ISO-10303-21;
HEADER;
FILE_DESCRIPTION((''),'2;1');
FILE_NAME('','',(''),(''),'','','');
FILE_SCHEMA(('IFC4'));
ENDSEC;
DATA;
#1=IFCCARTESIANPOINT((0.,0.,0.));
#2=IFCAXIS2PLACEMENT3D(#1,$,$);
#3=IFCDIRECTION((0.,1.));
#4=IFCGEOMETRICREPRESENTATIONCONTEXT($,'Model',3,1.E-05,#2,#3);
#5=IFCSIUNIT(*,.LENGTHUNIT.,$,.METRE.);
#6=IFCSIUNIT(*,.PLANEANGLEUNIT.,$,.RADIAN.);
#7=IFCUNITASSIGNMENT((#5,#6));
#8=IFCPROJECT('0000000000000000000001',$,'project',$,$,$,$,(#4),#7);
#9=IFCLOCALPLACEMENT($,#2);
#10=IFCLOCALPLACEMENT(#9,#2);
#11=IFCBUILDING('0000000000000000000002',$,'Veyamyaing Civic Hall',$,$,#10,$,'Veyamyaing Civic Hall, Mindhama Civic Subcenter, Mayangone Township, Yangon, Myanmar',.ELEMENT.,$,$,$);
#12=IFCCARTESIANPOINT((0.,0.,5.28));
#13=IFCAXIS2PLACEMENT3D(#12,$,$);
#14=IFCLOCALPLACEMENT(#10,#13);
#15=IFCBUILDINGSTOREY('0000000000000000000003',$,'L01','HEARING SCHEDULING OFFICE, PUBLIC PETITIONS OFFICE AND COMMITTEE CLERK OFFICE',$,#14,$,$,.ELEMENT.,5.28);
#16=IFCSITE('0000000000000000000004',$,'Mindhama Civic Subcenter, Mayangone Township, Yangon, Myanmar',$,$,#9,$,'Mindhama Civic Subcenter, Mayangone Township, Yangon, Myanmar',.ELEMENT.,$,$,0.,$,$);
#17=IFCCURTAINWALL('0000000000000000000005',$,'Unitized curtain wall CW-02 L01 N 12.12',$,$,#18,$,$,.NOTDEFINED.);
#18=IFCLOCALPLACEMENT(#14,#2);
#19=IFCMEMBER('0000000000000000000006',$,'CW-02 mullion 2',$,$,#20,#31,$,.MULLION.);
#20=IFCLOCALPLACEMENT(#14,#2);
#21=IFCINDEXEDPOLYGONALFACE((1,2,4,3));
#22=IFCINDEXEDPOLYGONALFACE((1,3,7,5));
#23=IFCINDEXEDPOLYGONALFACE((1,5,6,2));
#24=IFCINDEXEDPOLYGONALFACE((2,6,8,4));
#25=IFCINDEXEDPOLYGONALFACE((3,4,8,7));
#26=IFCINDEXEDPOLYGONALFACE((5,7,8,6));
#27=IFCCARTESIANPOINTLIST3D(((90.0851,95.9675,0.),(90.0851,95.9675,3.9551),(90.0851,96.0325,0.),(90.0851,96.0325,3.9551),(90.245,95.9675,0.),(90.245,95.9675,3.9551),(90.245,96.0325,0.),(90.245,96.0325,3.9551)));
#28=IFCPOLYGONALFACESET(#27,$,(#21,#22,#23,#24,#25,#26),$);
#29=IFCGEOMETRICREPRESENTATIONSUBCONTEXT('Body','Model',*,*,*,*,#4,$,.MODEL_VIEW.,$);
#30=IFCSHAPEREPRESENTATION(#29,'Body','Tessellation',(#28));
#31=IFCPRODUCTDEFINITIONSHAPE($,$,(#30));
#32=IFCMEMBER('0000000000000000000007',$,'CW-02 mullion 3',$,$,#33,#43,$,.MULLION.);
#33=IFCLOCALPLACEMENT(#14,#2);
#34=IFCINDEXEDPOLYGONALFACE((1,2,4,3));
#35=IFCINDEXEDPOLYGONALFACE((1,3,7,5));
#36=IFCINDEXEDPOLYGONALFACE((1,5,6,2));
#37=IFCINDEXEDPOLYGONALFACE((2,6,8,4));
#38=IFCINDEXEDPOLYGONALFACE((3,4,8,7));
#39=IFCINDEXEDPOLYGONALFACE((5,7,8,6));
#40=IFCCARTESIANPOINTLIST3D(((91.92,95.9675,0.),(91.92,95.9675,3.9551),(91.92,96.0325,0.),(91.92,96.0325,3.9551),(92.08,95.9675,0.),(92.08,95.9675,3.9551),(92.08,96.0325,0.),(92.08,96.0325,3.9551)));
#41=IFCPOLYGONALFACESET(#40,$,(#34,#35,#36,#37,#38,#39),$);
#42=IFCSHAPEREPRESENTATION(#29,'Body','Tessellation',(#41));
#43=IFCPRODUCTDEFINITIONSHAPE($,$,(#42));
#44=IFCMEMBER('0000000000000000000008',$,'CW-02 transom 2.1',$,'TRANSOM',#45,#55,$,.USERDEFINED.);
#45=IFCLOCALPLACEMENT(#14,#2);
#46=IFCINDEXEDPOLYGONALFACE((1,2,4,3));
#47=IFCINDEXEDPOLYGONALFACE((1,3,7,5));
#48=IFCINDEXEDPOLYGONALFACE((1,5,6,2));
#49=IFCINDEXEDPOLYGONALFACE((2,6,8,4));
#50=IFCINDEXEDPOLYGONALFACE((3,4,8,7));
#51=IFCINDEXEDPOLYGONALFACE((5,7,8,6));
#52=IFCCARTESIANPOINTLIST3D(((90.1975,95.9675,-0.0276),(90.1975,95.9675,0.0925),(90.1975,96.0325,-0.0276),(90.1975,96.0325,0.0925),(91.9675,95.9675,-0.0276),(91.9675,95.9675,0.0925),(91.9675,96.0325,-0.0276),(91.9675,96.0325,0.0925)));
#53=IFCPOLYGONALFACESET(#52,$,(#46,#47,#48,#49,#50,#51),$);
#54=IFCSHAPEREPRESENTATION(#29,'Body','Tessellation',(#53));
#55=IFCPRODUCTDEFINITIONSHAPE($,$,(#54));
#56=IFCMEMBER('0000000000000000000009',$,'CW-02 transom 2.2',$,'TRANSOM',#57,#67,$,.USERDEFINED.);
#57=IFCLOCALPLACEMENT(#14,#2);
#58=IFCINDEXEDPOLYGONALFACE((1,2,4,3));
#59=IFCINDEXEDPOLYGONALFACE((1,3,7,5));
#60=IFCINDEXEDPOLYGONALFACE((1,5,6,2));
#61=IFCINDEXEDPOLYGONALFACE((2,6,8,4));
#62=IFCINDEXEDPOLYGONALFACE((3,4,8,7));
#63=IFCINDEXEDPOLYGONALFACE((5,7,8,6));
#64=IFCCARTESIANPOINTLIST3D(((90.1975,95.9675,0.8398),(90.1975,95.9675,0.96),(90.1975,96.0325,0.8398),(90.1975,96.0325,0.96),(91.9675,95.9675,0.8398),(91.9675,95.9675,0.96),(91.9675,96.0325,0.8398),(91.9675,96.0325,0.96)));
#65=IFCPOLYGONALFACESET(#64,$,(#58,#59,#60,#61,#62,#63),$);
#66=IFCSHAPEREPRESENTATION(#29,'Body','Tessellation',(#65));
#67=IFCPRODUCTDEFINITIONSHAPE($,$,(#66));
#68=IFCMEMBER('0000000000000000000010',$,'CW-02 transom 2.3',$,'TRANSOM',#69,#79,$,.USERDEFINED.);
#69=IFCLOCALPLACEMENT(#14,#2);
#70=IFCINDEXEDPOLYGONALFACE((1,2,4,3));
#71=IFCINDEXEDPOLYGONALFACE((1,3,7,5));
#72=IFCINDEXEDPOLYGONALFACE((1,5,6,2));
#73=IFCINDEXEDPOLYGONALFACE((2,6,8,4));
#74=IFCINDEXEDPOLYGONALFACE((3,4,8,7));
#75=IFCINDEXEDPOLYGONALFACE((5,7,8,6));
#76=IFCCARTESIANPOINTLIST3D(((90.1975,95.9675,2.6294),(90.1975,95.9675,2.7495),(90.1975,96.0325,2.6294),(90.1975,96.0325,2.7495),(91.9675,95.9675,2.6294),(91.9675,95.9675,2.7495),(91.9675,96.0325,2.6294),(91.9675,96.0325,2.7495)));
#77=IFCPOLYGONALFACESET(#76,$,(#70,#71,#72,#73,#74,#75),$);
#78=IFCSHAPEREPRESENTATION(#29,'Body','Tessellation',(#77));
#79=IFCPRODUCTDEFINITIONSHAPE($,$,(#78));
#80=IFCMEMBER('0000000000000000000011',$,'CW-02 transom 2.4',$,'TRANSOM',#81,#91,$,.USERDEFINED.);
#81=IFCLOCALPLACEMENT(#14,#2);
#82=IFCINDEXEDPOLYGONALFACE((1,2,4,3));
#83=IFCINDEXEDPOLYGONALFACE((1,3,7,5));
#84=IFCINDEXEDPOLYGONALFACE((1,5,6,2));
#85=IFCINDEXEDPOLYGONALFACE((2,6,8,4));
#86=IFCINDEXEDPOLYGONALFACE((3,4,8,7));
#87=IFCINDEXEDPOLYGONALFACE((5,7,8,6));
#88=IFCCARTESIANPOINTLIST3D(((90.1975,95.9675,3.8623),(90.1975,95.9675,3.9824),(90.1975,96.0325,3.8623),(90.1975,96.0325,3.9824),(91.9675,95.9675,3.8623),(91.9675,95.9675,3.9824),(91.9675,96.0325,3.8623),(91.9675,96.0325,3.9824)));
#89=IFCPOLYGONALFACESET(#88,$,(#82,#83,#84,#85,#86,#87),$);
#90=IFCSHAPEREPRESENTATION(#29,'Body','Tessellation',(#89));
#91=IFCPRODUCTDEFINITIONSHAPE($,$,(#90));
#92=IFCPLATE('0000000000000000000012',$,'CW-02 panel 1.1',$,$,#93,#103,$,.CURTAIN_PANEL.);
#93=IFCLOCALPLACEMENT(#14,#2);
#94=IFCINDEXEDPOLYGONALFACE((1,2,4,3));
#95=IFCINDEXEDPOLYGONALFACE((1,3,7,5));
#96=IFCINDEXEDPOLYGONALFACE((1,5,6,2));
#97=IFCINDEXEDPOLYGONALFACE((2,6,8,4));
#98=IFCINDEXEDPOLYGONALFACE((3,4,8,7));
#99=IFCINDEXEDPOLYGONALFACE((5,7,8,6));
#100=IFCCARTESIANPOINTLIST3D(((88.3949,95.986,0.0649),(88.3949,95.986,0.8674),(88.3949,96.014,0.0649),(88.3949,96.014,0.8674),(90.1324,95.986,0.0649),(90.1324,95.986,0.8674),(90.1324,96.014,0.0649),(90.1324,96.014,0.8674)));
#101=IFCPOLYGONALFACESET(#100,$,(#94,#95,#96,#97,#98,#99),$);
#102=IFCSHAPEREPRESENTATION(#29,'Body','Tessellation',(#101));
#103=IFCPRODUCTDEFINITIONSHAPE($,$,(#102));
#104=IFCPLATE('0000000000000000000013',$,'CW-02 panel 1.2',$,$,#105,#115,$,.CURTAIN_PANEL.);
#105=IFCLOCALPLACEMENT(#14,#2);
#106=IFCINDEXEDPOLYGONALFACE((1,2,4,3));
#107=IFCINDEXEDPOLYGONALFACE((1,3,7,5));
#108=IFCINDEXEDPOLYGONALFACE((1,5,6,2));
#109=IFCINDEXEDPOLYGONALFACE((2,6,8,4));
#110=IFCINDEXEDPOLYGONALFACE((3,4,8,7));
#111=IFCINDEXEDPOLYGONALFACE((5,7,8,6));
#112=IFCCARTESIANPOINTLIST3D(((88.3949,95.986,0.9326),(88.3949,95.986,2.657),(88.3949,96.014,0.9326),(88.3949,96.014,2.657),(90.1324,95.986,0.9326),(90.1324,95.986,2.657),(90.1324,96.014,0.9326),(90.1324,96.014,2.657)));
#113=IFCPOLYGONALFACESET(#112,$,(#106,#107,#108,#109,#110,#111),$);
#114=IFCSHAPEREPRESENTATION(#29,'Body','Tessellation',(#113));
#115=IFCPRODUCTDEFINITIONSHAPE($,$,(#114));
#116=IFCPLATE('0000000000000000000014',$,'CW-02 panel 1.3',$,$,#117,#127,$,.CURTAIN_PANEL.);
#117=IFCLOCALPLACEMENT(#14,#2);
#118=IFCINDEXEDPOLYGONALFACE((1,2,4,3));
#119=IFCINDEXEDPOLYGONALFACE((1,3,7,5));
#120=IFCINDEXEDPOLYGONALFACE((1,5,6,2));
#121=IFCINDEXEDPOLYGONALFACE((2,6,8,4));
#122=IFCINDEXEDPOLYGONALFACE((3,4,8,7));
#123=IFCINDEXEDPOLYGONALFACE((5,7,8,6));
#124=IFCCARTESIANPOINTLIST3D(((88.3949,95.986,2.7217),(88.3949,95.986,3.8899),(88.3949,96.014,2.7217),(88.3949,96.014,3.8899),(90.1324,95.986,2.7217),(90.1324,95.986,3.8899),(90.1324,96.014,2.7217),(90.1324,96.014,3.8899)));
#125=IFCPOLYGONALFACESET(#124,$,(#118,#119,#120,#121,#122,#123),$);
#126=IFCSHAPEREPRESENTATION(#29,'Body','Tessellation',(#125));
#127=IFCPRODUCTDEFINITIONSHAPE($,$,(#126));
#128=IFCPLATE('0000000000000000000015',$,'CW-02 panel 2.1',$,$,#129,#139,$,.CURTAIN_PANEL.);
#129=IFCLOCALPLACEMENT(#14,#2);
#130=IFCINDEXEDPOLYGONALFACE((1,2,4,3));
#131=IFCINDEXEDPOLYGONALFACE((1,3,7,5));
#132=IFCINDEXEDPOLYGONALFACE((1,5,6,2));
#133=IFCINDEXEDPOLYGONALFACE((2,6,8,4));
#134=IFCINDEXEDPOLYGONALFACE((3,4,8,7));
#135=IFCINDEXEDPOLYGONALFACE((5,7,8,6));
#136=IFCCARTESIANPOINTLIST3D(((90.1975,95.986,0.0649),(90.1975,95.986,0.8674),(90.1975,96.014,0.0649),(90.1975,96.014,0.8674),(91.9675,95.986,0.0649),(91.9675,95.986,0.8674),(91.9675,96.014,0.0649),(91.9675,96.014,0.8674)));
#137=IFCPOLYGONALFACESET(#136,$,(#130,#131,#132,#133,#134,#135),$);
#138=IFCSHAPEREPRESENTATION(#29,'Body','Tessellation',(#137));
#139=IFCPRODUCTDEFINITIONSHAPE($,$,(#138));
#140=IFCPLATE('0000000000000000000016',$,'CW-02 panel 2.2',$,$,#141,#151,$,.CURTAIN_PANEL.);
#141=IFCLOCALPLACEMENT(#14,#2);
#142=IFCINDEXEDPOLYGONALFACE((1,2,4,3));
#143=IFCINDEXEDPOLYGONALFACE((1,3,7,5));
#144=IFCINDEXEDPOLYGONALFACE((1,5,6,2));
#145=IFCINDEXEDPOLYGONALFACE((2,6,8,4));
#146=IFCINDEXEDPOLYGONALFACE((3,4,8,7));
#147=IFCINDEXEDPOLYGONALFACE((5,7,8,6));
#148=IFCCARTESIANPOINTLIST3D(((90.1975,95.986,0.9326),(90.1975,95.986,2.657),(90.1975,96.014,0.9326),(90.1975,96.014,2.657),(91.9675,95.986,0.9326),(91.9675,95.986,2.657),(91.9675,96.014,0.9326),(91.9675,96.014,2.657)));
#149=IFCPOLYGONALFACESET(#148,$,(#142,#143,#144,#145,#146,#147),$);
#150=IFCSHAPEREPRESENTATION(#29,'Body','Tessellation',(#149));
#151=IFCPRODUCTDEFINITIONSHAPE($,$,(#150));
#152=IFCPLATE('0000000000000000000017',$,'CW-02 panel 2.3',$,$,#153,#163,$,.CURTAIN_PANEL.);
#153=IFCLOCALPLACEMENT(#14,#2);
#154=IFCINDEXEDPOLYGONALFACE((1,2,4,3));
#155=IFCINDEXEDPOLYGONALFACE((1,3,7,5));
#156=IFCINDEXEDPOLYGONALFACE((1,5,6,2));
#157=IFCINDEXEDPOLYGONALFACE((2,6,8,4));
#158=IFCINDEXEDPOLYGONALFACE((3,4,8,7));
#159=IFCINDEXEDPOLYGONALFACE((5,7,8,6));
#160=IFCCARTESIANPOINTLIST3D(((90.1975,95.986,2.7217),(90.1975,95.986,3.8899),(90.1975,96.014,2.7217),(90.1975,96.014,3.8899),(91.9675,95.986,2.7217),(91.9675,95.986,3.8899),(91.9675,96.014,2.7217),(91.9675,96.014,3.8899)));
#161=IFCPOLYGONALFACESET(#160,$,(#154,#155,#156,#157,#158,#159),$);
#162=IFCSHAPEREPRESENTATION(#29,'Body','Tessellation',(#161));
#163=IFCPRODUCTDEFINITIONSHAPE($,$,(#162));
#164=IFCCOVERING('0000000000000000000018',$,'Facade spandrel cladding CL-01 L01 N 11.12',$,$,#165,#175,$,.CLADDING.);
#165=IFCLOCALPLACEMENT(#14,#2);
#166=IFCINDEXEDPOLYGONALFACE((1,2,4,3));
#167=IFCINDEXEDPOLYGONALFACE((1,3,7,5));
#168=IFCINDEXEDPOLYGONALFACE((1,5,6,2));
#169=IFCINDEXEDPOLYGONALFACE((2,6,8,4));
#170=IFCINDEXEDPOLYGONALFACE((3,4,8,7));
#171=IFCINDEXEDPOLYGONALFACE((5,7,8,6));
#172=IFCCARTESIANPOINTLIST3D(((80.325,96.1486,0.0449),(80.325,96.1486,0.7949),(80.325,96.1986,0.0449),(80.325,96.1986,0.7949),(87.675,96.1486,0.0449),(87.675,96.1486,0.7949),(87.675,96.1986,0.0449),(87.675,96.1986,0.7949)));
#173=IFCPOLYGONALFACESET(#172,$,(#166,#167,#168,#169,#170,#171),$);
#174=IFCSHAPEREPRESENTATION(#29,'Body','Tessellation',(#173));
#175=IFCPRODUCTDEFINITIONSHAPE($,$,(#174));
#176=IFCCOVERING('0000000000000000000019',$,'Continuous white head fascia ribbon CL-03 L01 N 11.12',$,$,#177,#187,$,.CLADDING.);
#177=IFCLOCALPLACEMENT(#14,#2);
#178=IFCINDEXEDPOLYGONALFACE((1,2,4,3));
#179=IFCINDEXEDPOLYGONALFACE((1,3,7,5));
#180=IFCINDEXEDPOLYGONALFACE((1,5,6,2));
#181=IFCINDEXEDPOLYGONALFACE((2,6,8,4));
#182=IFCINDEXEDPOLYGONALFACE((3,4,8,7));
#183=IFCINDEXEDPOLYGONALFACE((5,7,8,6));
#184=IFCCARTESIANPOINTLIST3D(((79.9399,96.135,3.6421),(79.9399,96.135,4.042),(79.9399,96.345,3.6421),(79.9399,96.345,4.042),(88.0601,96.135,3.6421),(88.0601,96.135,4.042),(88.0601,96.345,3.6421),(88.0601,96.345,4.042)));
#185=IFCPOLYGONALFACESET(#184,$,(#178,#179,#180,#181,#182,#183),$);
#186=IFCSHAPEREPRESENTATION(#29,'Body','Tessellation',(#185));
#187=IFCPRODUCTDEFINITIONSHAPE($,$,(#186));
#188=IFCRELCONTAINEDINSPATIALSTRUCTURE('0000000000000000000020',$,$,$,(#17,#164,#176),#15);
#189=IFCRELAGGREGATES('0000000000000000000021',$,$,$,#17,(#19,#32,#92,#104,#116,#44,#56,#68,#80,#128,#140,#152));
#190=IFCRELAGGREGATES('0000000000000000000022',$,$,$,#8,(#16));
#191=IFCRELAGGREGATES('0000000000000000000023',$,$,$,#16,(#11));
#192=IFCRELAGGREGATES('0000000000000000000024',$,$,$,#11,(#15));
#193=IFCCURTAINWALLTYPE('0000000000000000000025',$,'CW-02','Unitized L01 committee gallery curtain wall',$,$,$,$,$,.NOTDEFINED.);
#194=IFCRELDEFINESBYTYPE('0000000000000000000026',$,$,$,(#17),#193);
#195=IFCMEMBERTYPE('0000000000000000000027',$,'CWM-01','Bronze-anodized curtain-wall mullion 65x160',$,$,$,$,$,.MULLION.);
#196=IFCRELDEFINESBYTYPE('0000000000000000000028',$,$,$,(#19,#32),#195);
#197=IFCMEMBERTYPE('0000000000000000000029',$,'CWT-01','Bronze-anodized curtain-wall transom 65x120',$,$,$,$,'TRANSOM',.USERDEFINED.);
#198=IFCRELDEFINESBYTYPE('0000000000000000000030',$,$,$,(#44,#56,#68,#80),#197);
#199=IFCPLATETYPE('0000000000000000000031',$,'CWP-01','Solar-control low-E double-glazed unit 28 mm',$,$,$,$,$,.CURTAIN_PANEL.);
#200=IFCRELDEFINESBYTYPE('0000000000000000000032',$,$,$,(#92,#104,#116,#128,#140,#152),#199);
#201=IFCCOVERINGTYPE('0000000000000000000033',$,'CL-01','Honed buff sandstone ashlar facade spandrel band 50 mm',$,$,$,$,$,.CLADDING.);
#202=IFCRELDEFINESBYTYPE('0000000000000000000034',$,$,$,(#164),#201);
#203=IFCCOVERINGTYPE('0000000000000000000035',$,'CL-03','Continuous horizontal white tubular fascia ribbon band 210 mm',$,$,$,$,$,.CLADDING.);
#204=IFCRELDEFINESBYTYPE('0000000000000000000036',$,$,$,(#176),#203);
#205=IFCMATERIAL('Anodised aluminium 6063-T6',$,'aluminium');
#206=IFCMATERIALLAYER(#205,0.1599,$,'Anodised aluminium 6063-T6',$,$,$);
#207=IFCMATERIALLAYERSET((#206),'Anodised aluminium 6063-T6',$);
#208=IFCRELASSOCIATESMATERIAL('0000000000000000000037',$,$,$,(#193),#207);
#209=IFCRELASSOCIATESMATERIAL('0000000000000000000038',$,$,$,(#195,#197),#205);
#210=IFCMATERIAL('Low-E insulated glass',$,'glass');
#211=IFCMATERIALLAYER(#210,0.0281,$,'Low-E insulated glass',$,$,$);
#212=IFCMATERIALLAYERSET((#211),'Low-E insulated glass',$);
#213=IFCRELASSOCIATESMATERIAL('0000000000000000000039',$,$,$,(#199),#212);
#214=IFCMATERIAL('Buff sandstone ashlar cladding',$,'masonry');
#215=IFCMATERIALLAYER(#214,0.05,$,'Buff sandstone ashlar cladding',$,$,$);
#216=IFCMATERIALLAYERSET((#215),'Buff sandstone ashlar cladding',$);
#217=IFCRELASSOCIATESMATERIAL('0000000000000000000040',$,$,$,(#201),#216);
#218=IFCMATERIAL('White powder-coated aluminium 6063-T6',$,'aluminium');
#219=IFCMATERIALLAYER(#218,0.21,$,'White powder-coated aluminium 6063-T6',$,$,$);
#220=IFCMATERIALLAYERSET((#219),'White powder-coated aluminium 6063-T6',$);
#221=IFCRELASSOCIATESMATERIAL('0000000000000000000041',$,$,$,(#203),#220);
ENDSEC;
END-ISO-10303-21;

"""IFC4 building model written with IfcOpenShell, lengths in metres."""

from ifc_helpers import new_model, si_unit, direction, frame, origin, origin_2d, place, context, subcontext, project, spatial, rectangle, extrude, material, layer, layer_set, material_profile, profile_set, type_object, element, aggregate, save


model = new_model("IFC4")

# Units and contexts
model_context = context("Model", 3, precision=1e-05, world=origin(), true_north=direction((0.0, 1.0)))
body_context = subcontext(model_context, "Body", "Model", "MODEL_VIEW")
ifc_project = project(units=[si_unit("LENGTHUNIT", "METRE"), si_unit("PLANEANGLEUNIT", "RADIAN")], contexts=[model_context])

# Site, building, storey
site_placement = place(None, origin())
site = spatial("IfcSite", under=ifc_project, at=site_placement, Name="Mindhama Civic Subcenter, Mayangone Township, Yangon, Myanmar", LongName="Mindhama Civic Subcenter, Mayangone Township, Yangon, Myanmar", CompositionType="ELEMENT", RefElevation=0.0)
building_placement = place(site_placement, origin())
building = spatial("IfcBuilding", under=site, at=building_placement, Name="Veyamyaing Civic Hall", LongName="Veyamyaing Civic Hall, Mindhama Civic Subcenter, Mayangone Township, Yangon, Myanmar", CompositionType="ELEMENT")
storey_placement = place(building_placement, frame((0.0, 0.0, 5.28)))
storey = spatial("IfcBuildingStorey", under=building, at=storey_placement, Name="L01", Description="HEARING SCHEDULING OFFICE, PUBLIC PETITIONS OFFICE AND COMMITTEE CLERK OFFICE", CompositionType="ELEMENT", Elevation=5.28)

# Curtain wall, members, plates
ifc_material_1 = material(Name="Anodised aluminium 6063-T6", Category="aluminium")
ifc_layer_1 = layer(ifc_material_1, 0.1599, Name="Anodised aluminium 6063-T6")
ifc_layer_set_1 = layer_set([ifc_layer_1], Name="Anodised aluminium 6063-T6")
curtain_wall_type = type_object("IfcCurtainWallType", Name="CW-02", Description="Unitized L01 committee gallery curtain wall", PredefinedType="NOTDEFINED", material=ifc_layer_set_1)
curtain_wall_placement = place(storey_placement, origin())
curtain_wall = element("IfcCurtainWall", 1, at=curtain_wall_placement, inside=storey, type_object=curtain_wall_type, Name="Unitized curtain wall CW-02 L01 N 12.12", PredefinedType="NOTDEFINED")
ifc_material_profile_1 = material_profile(ifc_material_1, rectangle(XDim=0.0649, YDim=0.1599, at=origin_2d()), Name="ALU-MUL-65X160")
ifc_profile_set_1 = profile_set([ifc_material_profile_1], Name="Anodised aluminium 6063-T6")
member_type_1 = type_object("IfcMemberType", Name="CWM-01", Description="Bronze-anodized curtain-wall mullion 65x160", PredefinedType="MULLION", material=ifc_profile_set_1)
member_1_placement = place(storey_placement, frame((90.165, 96.0, 0.0), z_axis=(0.0, 0.0, 1.0), x_axis=(0.0, 1.0, 0.0)))
member_1 = element("IfcMember", 2, at=member_1_placement, type_object=member_type_1, Name="CW-02 mullion 2", PredefinedType="MULLION", context=body_context, shape_type="SweptSolid", body=[
    extrude(rectangle(XDim=0.0649, YDim=0.1599, at=origin_2d()), origin(), (0.0, 0.0, 1.0), 3.9551),
])
member_2_placement = place(storey_placement, frame((92.0, 96.0, 0.0), z_axis=(0.0, 0.0, 1.0), x_axis=(0.0, 1.0, 0.0)))
member_2 = element("IfcMember", 3, at=member_2_placement, type_object=member_type_1, Name="CW-02 mullion 3", PredefinedType="MULLION", context=body_context, shape_type="SweptSolid", body=[
    extrude(rectangle(XDim=0.0649, YDim=0.1599, at=origin_2d()), origin(), (0.0, 0.0, 1.0), 3.9551),
])
ifc_material_profile_2 = material_profile(ifc_material_1, rectangle(XDim=0.0649, YDim=0.1201, at=origin_2d()), Name="ALU-TRN-65X120")
ifc_profile_set_2 = profile_set([ifc_material_profile_2], Name="Anodised aluminium 6063-T6")
member_type_2 = type_object("IfcMemberType", Name="CWT-01", Description="Bronze-anodized curtain-wall transom 65x120", ElementType="TRANSOM", PredefinedType="USERDEFINED", material=ifc_profile_set_2)
member_3_placement = place(storey_placement, frame((90.1975, 96.0, 0.0325), z_axis=(1.0, 0.0, 0.0), x_axis=(0.0, 1.0, 0.0)))
member_3 = element("IfcMember", 4, at=member_3_placement, type_object=member_type_2, Name="CW-02 transom 2.1", ObjectType="TRANSOM", PredefinedType="USERDEFINED", context=body_context, shape_type="SweptSolid", body=[
    extrude(rectangle(XDim=0.0649, YDim=0.1201, at=origin_2d()), origin(), (0.0, 0.0, 1.0), 1.77),
])
member_4_placement = place(storey_placement, frame((90.1975, 96.0, 0.8999), z_axis=(1.0, 0.0, 0.0), x_axis=(0.0, 1.0, 0.0)))
member_4 = element("IfcMember", 5, at=member_4_placement, type_object=member_type_2, Name="CW-02 transom 2.2", ObjectType="TRANSOM", PredefinedType="USERDEFINED", context=body_context, shape_type="SweptSolid", body=[
    extrude(rectangle(XDim=0.0649, YDim=0.1201, at=origin_2d()), origin(), (0.0, 0.0, 1.0), 1.77),
])
member_5_placement = place(storey_placement, frame((90.1975, 96.0, 2.6895), z_axis=(1.0, 0.0, 0.0), x_axis=(0.0, 1.0, 0.0)))
member_5 = element("IfcMember", 6, at=member_5_placement, type_object=member_type_2, Name="CW-02 transom 2.3", ObjectType="TRANSOM", PredefinedType="USERDEFINED", context=body_context, shape_type="SweptSolid", body=[
    extrude(rectangle(XDim=0.0649, YDim=0.1201, at=origin_2d()), origin(), (0.0, 0.0, 1.0), 1.77),
])
member_6_placement = place(storey_placement, frame((90.1975, 96.0, 3.9224), z_axis=(1.0, 0.0, 0.0), x_axis=(0.0, 1.0, 0.0)))
member_6 = element("IfcMember", 7, at=member_6_placement, type_object=member_type_2, Name="CW-02 transom 2.4", ObjectType="TRANSOM", PredefinedType="USERDEFINED", context=body_context, shape_type="SweptSolid", body=[
    extrude(rectangle(XDim=0.0649, YDim=0.1201, at=origin_2d()), origin(), (0.0, 0.0, 1.0), 1.77),
])
ifc_material_2 = material(Name="Low-E insulated glass", Category="glass")
ifc_layer_2 = layer(ifc_material_2, 0.0281, Name="Low-E insulated glass")
ifc_layer_set_2 = layer_set([ifc_layer_2], Name="Low-E insulated glass")
plate_type = type_object("IfcPlateType", Name="CWP-01", Description="Solar-control low-E double-glazed unit 28 mm", PredefinedType="CURTAIN_PANEL", material=ifc_layer_set_2)
plate_1_placement = place(storey_placement, frame((89.2637, 96.0, 0.0649), z_axis=(0.0, 0.0, 1.0), x_axis=(1.0, 0.0, 0.0)))
plate_1 = element("IfcPlate", 8, at=plate_1_placement, type_object=plate_type, Name="CW-02 panel 1.1", PredefinedType="CURTAIN_PANEL", context=body_context, shape_type="SweptSolid", body=[
    extrude(rectangle(XDim=1.7375, YDim=0.0281, at=origin_2d()), origin(), (0.0, 0.0, 1.0), 0.8025),
])
plate_2_placement = place(storey_placement, frame((89.2637, 96.0, 0.9326), z_axis=(0.0, 0.0, 1.0), x_axis=(1.0, 0.0, 0.0)))
plate_2 = element("IfcPlate", 9, at=plate_2_placement, type_object=plate_type, Name="CW-02 panel 1.2", PredefinedType="CURTAIN_PANEL", context=body_context, shape_type="SweptSolid", body=[
    extrude(rectangle(XDim=1.7375, YDim=0.0281, at=origin_2d()), origin(), (0.0, 0.0, 1.0), 1.7244),
])
plate_3_placement = place(storey_placement, frame((89.2637, 96.0, 2.7217), z_axis=(0.0, 0.0, 1.0), x_axis=(1.0, 0.0, 0.0)))
plate_3 = element("IfcPlate", 10, at=plate_3_placement, type_object=plate_type, Name="CW-02 panel 1.3", PredefinedType="CURTAIN_PANEL", context=body_context, shape_type="SweptSolid", body=[
    extrude(rectangle(XDim=1.7375, YDim=0.0281, at=origin_2d()), origin(), (0.0, 0.0, 1.0), 1.1682),
])
plate_4_placement = place(storey_placement, frame((91.0825, 96.0, 0.0649), z_axis=(0.0, 0.0, 1.0), x_axis=(1.0, 0.0, 0.0)))
plate_4 = element("IfcPlate", 11, at=plate_4_placement, type_object=plate_type, Name="CW-02 panel 2.1", PredefinedType="CURTAIN_PANEL", context=body_context, shape_type="SweptSolid", body=[
    extrude(rectangle(XDim=1.77, YDim=0.0281, at=origin_2d()), origin(), (0.0, 0.0, 1.0), 0.8025),
])
plate_5_placement = place(storey_placement, frame((91.0825, 96.0, 0.9326), z_axis=(0.0, 0.0, 1.0), x_axis=(1.0, 0.0, 0.0)))
plate_5 = element("IfcPlate", 12, at=plate_5_placement, type_object=plate_type, Name="CW-02 panel 2.2", PredefinedType="CURTAIN_PANEL", context=body_context, shape_type="SweptSolid", body=[
    extrude(rectangle(XDim=1.77, YDim=0.0281, at=origin_2d()), origin(), (0.0, 0.0, 1.0), 1.7244),
])
plate_6_placement = place(storey_placement, frame((91.0825, 96.0, 2.7217), z_axis=(0.0, 0.0, 1.0), x_axis=(1.0, 0.0, 0.0)))
plate_6 = element("IfcPlate", 13, at=plate_6_placement, type_object=plate_type, Name="CW-02 panel 2.3", PredefinedType="CURTAIN_PANEL", context=body_context, shape_type="SweptSolid", body=[
    extrude(rectangle(XDim=1.77, YDim=0.0281, at=origin_2d()), origin(), (0.0, 0.0, 1.0), 1.1682),
])
aggregate(curtain_wall, [member_1, member_2, plate_1, plate_2, plate_3, member_3, member_4, member_5, member_6, plate_4, plate_5, plate_6])

# Coverings
ifc_material_3 = material(Name="Buff sandstone ashlar cladding", Category="masonry")
ifc_layer_3 = layer(ifc_material_3, 0.05, Name="Buff sandstone ashlar cladding")
ifc_layer_set_3 = layer_set([ifc_layer_3], Name="Buff sandstone ashlar cladding")
covering_type_1 = type_object("IfcCoveringType", Name="CL-01", Description="Honed buff sandstone ashlar facade spandrel band 50 mm", PredefinedType="CLADDING", material=ifc_layer_set_3)
covering_placement = place(storey_placement, frame((84.0, 96.1736, 0.0449), z_axis=(0.0, 0.0, 1.0), x_axis=(1.0, 0.0, 0.0)))
element("IfcCovering", 14, at=covering_placement, inside=storey, type_object=covering_type_1, Name="Facade spandrel cladding CL-01 L01 N 11.12", PredefinedType="CLADDING", context=body_context, shape_type="SweptSolid", body=[
    extrude(rectangle(XDim=7.3501, YDim=0.05, at=origin_2d()), origin(), (0.0, 0.0, 1.0), 0.75),
])
ifc_material_4 = material(Name="White powder-coated aluminium 6063-T6", Category="aluminium")
ifc_layer_4 = layer(ifc_material_4, 0.21, Name="White powder-coated aluminium 6063-T6")
ifc_layer_set_4 = layer_set([ifc_layer_4], Name="White powder-coated aluminium 6063-T6")
covering_type_2 = type_object("IfcCoveringType", Name="CL-03", Description="Continuous horizontal white tubular fascia ribbon band 210 mm", PredefinedType="CLADDING", material=ifc_layer_set_4)
for number, where, z_axis, x_axis, name in (
    (15, (84.0, 96.24, 3.6421), (0.0, 0.0, 1.0), (1.0, 0.0, 0.0), "Continuous white head fascia ribbon CL-03 L01 N 11.12"),
):
    element("IfcCovering", number, at=place(storey_placement, frame(where, z_axis=z_axis, x_axis=x_axis)), inside=storey, type_object=covering_type_2, Name=name, PredefinedType="CLADDING", context=body_context, shape_type="SweptSolid", body=[
        extrude(rectangle(XDim=8.1201, YDim=0.21, at=origin_2d()), origin(), (0.0, 0.0, 1.0), 0.3999),
    ])

save(model, "model.ifc")
